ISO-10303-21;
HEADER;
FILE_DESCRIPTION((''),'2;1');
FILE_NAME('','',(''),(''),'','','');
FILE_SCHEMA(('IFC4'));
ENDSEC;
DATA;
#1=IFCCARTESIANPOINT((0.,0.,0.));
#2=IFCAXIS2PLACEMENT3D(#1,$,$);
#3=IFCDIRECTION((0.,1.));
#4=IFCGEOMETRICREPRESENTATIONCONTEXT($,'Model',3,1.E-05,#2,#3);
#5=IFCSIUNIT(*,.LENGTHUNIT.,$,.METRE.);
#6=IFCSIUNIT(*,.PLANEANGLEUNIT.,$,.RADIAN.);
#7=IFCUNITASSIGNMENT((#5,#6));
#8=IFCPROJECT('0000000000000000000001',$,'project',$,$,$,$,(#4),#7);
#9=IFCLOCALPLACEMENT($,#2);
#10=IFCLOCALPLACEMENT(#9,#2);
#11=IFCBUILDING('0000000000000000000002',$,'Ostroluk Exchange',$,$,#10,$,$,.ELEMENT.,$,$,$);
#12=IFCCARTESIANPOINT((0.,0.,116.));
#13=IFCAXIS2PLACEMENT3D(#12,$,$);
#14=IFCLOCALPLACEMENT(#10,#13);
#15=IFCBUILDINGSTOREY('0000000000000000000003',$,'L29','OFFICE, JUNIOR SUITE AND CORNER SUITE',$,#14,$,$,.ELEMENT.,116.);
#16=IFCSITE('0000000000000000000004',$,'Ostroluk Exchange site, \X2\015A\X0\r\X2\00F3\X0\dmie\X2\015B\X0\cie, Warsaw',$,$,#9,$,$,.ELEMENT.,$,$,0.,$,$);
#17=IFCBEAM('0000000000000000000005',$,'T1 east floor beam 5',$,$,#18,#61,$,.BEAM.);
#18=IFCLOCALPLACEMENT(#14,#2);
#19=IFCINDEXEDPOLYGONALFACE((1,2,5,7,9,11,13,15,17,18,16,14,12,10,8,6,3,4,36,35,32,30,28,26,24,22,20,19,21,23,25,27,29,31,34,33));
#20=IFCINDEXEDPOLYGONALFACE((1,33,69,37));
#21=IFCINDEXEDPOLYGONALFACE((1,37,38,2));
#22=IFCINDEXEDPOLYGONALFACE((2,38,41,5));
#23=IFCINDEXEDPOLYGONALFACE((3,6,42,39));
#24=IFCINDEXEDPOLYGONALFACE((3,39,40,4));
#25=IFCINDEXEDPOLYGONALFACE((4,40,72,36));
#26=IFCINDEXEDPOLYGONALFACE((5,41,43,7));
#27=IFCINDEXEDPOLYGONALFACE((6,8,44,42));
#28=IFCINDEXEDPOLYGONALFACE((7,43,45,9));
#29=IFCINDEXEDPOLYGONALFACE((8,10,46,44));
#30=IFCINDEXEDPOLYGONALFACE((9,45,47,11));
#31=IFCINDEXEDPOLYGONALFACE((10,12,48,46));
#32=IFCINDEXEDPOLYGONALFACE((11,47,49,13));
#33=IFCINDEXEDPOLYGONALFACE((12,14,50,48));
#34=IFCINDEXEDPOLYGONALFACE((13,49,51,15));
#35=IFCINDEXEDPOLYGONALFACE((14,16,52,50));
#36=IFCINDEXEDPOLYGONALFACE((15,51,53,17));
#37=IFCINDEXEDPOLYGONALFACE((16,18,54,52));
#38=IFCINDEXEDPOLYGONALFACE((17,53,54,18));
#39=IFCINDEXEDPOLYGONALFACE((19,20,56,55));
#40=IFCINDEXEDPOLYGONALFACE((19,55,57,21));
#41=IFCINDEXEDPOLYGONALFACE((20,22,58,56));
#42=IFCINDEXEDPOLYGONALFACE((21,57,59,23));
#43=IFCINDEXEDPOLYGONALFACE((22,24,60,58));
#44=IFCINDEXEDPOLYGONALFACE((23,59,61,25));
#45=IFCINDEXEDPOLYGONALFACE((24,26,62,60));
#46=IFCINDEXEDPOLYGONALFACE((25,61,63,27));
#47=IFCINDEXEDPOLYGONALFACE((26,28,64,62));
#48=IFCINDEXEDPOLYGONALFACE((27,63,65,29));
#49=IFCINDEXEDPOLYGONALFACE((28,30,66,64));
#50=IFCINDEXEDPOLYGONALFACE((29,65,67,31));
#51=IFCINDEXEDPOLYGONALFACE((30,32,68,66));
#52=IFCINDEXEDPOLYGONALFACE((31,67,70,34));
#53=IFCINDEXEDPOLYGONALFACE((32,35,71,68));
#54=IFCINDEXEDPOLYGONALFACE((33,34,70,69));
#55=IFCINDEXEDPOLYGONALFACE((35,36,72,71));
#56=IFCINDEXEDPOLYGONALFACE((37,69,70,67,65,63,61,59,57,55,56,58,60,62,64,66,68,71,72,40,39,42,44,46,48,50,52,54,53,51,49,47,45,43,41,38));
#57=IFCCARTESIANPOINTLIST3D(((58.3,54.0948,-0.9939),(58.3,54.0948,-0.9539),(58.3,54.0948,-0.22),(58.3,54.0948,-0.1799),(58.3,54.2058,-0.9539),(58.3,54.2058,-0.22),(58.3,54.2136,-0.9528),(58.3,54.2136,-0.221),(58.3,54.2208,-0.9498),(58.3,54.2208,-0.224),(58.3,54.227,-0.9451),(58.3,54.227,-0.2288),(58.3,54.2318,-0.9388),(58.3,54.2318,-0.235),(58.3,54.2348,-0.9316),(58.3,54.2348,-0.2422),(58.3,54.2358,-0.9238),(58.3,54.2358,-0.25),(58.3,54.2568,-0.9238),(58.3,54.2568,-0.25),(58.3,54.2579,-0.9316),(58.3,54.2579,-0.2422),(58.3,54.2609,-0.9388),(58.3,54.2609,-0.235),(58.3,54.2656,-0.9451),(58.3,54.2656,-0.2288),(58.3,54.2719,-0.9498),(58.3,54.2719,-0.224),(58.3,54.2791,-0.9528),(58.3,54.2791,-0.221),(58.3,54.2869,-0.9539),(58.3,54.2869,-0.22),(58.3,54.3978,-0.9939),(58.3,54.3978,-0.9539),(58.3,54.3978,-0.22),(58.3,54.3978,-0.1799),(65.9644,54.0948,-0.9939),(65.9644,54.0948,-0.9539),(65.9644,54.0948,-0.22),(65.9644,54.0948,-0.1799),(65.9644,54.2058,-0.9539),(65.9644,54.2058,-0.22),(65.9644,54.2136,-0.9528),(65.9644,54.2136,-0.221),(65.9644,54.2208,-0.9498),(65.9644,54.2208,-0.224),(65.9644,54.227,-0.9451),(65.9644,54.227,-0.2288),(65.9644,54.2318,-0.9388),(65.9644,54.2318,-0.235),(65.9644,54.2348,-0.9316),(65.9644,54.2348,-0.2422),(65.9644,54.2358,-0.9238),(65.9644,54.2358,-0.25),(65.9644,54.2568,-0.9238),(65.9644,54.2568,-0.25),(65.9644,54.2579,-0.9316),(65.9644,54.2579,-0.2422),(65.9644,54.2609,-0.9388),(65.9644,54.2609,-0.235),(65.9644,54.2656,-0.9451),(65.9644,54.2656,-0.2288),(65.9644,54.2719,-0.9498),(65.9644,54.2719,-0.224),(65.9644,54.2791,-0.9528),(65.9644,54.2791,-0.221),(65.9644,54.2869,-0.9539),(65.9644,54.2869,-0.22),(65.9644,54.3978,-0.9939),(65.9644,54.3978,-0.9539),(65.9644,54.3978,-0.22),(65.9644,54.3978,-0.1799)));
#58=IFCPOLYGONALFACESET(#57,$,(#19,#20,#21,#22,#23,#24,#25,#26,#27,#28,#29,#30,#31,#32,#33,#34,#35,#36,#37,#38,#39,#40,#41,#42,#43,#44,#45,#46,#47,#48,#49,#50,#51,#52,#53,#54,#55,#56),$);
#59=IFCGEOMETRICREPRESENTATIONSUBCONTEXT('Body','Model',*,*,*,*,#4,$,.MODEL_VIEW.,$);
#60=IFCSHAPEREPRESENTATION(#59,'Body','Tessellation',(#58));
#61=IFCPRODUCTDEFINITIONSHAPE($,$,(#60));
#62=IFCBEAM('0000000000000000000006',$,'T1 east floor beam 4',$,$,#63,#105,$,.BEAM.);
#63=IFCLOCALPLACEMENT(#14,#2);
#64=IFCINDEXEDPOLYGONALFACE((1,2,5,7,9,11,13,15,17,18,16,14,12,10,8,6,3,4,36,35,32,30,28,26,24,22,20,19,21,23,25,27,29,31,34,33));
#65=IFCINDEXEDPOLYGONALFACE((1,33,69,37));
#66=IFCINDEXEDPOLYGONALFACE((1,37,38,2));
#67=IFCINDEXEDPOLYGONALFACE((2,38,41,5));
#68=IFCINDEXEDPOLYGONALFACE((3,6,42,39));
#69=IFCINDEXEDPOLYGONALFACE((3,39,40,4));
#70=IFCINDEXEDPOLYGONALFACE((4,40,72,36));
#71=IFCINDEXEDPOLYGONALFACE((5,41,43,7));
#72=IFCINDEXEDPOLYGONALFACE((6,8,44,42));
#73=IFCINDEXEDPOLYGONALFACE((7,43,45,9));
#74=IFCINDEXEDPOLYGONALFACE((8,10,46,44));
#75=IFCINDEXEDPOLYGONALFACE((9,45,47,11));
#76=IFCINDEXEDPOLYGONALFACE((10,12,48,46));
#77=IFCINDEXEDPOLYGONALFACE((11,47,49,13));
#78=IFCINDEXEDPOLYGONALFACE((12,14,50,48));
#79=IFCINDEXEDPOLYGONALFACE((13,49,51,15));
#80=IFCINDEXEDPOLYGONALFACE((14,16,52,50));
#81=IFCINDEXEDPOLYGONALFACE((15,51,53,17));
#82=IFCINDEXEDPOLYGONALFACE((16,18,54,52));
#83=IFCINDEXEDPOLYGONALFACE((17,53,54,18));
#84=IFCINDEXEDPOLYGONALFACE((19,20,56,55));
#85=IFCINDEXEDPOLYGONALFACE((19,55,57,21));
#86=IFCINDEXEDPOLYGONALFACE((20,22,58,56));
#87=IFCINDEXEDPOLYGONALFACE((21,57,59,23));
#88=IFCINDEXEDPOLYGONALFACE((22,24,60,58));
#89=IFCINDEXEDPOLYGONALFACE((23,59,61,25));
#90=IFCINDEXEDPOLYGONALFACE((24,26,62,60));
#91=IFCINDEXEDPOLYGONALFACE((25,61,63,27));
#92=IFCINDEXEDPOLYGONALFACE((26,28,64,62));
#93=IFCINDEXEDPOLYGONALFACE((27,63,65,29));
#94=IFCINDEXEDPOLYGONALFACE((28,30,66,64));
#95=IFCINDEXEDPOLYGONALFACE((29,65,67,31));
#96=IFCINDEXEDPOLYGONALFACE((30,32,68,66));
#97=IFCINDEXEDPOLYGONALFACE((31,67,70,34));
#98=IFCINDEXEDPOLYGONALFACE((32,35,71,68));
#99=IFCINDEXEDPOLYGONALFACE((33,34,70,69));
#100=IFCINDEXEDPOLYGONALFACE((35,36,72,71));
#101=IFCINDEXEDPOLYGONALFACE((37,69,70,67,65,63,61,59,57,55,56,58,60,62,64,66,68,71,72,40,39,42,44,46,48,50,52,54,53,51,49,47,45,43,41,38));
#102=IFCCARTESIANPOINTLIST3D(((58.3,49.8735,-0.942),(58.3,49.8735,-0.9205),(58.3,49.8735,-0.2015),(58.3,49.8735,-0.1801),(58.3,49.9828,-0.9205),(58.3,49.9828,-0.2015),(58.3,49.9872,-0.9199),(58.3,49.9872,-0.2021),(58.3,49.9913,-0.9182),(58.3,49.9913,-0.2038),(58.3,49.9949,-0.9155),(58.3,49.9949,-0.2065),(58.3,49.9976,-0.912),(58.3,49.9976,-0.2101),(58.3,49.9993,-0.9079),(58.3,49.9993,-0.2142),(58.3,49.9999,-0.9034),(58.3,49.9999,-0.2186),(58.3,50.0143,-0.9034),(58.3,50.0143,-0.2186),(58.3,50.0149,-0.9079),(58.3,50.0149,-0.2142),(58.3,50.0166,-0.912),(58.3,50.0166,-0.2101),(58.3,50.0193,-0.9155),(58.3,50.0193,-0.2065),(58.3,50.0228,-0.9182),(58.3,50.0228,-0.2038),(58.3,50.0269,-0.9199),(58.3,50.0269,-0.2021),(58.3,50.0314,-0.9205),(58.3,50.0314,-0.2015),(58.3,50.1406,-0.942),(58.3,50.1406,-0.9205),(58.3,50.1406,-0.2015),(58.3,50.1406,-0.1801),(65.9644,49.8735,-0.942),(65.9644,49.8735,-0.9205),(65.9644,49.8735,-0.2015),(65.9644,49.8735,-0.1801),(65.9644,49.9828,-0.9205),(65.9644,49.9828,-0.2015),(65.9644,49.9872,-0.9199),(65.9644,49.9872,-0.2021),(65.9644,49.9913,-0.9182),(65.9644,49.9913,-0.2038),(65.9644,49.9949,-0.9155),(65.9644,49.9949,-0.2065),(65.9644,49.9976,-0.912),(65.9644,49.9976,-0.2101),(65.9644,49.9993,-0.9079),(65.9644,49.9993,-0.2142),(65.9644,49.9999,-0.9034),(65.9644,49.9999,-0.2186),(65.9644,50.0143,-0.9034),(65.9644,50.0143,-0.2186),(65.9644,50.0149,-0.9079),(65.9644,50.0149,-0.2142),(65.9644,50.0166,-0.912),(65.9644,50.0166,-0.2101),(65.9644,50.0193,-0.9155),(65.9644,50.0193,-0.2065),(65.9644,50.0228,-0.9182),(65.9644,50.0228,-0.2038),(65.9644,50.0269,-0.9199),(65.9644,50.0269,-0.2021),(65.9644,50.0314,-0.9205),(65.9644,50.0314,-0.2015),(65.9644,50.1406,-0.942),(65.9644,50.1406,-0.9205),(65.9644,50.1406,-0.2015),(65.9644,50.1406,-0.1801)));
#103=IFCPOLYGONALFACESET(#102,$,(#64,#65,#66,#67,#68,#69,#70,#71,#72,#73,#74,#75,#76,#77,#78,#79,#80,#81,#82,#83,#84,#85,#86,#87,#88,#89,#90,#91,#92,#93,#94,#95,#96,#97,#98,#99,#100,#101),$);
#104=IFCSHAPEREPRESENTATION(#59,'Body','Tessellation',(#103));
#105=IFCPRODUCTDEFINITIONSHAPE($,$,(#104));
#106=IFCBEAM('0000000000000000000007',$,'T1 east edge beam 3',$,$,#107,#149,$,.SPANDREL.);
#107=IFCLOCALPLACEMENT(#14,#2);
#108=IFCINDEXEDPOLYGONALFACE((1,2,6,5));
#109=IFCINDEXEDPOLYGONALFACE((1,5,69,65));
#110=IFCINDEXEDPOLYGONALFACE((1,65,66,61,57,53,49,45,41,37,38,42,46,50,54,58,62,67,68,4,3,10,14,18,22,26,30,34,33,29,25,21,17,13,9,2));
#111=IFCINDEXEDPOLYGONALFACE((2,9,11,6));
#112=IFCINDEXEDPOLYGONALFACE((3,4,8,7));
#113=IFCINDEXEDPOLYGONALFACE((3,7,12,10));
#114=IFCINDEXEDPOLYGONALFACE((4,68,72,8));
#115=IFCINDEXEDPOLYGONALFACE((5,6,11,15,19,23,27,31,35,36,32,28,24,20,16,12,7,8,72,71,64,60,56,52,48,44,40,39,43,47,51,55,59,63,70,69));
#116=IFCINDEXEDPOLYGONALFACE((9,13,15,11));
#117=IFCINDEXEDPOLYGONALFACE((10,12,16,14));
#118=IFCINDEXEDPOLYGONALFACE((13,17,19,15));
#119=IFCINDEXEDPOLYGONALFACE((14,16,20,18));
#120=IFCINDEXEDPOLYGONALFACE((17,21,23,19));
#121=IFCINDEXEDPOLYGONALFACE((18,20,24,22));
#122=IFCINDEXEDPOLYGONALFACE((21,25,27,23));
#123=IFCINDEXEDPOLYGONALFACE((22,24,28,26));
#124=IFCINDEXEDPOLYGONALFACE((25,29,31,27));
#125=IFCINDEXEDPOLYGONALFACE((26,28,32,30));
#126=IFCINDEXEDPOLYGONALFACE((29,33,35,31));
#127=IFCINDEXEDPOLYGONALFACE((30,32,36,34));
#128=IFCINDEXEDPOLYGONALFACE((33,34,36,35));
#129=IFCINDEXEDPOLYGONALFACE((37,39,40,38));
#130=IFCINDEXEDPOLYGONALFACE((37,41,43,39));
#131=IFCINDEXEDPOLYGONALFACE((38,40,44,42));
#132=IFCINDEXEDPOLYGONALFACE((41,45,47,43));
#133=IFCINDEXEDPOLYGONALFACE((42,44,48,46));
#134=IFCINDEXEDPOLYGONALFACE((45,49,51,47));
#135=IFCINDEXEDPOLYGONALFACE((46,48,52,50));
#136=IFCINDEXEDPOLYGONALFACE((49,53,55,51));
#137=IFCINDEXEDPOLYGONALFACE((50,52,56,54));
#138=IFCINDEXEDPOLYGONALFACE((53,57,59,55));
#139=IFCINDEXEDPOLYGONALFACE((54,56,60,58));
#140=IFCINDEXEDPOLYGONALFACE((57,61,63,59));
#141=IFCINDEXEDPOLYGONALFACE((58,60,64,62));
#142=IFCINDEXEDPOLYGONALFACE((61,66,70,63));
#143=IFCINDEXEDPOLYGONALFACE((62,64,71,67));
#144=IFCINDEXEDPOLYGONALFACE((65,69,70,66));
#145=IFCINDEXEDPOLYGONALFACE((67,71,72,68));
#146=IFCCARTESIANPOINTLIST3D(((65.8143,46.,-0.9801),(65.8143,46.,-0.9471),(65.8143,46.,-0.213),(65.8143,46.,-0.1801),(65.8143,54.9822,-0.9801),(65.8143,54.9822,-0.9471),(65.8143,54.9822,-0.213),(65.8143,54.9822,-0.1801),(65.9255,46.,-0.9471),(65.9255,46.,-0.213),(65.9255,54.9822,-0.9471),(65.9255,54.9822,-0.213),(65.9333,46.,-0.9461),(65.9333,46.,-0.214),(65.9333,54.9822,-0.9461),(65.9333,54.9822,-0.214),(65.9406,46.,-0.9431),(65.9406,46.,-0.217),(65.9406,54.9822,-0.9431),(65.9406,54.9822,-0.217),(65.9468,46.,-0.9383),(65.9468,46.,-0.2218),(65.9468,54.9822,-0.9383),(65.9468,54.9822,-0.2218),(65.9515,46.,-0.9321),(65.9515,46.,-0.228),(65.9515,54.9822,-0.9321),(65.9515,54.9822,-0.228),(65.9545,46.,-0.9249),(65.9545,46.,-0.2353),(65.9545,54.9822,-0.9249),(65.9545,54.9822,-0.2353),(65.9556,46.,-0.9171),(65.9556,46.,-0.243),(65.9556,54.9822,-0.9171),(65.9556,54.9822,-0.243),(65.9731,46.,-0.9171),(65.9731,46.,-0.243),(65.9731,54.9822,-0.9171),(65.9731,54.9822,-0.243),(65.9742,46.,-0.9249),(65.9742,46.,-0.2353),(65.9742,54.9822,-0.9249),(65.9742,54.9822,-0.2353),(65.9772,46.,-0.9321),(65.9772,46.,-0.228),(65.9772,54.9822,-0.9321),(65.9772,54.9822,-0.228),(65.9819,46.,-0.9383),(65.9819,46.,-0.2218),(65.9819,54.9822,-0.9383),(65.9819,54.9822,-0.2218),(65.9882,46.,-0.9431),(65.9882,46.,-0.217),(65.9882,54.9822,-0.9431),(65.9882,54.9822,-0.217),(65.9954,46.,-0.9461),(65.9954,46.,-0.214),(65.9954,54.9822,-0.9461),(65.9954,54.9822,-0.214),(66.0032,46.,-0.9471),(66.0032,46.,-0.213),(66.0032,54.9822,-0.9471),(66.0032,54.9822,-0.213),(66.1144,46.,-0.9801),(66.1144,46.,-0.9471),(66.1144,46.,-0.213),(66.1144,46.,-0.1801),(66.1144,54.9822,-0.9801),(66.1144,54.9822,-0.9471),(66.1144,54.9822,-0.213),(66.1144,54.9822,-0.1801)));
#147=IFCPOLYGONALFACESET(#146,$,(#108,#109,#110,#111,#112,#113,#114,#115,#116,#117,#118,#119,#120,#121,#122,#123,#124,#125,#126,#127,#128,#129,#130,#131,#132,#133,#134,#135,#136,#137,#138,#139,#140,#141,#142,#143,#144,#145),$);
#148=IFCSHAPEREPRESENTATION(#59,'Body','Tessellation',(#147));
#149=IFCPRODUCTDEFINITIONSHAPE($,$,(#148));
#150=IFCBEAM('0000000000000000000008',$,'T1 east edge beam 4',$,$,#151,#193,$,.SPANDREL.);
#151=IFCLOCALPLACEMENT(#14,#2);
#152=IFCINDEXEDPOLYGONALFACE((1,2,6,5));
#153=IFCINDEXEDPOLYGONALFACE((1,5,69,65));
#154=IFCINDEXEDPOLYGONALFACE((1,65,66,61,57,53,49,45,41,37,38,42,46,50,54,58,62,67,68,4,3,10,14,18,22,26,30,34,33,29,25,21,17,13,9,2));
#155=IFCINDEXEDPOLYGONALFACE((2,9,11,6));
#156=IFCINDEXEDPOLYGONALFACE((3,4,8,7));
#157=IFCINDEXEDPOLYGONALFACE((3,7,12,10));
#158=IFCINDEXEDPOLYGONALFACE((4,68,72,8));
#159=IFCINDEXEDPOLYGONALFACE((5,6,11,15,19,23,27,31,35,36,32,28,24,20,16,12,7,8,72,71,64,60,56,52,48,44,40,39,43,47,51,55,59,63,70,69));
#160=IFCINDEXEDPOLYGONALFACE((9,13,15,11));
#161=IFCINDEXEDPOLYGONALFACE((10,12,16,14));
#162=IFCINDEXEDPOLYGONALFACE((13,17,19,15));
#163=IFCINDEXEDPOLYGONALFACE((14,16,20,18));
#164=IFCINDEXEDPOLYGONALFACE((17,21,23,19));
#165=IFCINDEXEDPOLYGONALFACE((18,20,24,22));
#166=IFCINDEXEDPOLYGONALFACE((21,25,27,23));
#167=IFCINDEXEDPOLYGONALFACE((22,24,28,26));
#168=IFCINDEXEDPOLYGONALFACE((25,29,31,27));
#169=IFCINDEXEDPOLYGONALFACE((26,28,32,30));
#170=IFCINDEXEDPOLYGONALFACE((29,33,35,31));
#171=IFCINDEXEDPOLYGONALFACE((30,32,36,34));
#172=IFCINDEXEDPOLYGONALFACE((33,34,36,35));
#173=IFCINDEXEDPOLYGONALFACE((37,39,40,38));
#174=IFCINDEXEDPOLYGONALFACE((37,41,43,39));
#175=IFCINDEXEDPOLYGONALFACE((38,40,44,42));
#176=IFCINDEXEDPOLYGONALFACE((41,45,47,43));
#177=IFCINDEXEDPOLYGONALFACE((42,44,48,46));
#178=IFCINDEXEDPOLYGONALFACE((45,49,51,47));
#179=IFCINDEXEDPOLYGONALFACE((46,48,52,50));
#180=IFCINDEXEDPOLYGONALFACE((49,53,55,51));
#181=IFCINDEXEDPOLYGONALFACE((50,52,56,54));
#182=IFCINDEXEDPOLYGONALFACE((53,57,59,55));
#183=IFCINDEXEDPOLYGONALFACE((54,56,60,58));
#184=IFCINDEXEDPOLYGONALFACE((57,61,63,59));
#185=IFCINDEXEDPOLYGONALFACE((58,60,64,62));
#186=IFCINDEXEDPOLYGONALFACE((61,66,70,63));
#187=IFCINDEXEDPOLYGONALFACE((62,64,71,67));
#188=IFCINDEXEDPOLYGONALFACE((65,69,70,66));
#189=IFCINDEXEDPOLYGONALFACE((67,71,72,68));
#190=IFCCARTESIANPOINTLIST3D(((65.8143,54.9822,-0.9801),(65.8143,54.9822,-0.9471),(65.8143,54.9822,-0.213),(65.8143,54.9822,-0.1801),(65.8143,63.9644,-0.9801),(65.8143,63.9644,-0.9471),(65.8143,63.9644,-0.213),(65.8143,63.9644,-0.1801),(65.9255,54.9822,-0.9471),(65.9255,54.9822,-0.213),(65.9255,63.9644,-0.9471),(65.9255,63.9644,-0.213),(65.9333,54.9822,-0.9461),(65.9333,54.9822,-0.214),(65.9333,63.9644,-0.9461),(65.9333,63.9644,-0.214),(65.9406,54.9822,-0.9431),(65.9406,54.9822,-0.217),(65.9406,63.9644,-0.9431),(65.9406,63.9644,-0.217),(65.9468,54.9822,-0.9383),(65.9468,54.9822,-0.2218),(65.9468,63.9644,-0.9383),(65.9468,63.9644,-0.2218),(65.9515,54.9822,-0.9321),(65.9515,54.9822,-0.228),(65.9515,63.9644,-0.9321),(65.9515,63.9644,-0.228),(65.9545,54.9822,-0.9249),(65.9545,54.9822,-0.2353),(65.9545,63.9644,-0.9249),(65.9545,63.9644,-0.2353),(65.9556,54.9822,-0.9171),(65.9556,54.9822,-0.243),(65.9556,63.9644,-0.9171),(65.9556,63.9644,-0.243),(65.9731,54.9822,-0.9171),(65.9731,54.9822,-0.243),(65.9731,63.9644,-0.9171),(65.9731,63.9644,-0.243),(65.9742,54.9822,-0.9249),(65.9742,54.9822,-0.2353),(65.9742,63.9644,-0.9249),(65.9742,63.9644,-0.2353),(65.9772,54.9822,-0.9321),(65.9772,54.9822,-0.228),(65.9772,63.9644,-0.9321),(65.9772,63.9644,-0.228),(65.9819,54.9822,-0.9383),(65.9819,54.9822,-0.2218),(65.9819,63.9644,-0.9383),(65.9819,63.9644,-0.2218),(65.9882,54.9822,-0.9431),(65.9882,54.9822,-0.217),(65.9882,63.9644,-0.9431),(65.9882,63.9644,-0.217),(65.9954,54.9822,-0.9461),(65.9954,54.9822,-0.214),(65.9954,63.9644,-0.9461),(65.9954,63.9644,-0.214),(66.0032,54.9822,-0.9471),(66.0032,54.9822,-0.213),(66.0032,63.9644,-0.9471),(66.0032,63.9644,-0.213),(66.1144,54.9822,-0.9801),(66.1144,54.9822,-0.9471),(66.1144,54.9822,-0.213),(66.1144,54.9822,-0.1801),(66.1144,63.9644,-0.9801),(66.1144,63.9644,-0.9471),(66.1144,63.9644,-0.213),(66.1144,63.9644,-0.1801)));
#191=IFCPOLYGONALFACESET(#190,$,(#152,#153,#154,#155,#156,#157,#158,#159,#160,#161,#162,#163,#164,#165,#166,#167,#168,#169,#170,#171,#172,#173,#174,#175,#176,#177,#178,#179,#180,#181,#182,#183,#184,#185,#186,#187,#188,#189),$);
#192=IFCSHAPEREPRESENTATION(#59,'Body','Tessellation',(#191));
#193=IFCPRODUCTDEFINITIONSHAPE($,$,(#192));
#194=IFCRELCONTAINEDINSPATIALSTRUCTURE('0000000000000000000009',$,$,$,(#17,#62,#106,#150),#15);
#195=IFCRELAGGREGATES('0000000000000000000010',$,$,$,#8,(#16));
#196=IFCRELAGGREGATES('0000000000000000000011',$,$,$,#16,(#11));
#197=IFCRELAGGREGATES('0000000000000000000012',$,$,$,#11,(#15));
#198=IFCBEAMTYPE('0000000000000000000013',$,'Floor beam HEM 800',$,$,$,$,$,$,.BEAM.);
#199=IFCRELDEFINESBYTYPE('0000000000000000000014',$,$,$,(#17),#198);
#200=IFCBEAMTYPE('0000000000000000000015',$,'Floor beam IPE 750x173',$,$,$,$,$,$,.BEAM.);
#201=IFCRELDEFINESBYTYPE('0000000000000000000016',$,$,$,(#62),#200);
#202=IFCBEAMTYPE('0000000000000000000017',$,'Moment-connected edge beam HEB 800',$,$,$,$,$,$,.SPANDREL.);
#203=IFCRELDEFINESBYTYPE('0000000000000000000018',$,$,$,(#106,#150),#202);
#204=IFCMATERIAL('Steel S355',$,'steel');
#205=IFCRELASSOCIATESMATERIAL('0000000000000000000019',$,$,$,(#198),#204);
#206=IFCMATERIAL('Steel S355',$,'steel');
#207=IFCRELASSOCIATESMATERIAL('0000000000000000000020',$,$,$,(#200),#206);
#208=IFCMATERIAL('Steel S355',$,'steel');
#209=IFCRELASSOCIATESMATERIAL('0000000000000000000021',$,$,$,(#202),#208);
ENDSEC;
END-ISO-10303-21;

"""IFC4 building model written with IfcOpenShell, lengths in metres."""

from ifc_helpers import new_model, si_unit, direction, frame, origin, origin_2d, place, context, subcontext, project, spatial, i_section, extrude, material, material_profile, profile_set, type_object, element, save


model = new_model("IFC4")

# Units and contexts
model_context = context("Model", 3, precision=1e-05, world=origin(), true_north=direction((0.0, 1.0)))
body_context = subcontext(model_context, "Body", "Model", "MODEL_VIEW")
ifc_project = project(units=[si_unit("LENGTHUNIT", "METRE"), si_unit("PLANEANGLEUNIT", "RADIAN")], contexts=[model_context])

# Site, building, storey
site_placement = place(None, origin())
site = spatial("IfcSite", under=ifc_project, at=site_placement, Name="Ostroluk Exchange site, Śródmieście, Warsaw", CompositionType="ELEMENT", RefElevation=0.0)
building_placement = place(site_placement, origin())
building = spatial("IfcBuilding", under=site, at=building_placement, Name="Ostroluk Exchange", CompositionType="ELEMENT")
storey_placement = place(building_placement, frame((0.0, 0.0, 116.0)))
storey = spatial("IfcBuildingStorey", under=building, at=storey_placement, Name="L29", Description="OFFICE, JUNIOR SUITE AND CORNER SUITE", CompositionType="ELEMENT", Elevation=116.0)

# Beams
ifc_material_1 = material(Name="Steel S355", Category="steel")
ifc_material_profile_1 = material_profile(ifc_material_1, i_section(OverallWidth=0.303, OverallDepth=0.814, WebThickness=0.021, FlangeThickness=0.04, FilletRadius=0.03, at=origin_2d()), Name="HEM 800")
ifc_profile_set_1 = profile_set([ifc_material_profile_1], Name="Steel S355")
beam_type_1 = type_object("IfcBeamType", Name="Floor beam HEM 800", PredefinedType="BEAM", material=ifc_profile_set_1)
beam_1_placement = place(storey_placement, frame((58.3, 54.2463, -0.5869), z_axis=(1.0, 0.0, 0.0), x_axis=(0.0, 1.0, 0.0)))
element("IfcBeam", 1, at=beam_1_placement, inside=storey, type_object=beam_type_1, Name="T1 east floor beam 5", PredefinedType="BEAM", context=body_context, shape_type="SweptSolid", body=[
    extrude(i_section(OverallWidth=0.303, OverallDepth=0.814, WebThickness=0.021, FlangeThickness=0.04, FilletRadius=0.03, at=origin_2d()), origin(), (0.0, 0.0, 1.0), 7.6643),
])
ifc_material_2 = material(Name="Steel S355", Category="steel")
ifc_material_profile_2 = material_profile(ifc_material_2, i_section(OverallWidth=0.2671, OverallDepth=0.762, WebThickness=0.0144, FlangeThickness=0.0215, FilletRadius=0.0171, at=origin_2d()), Name="IPE 750x173")
ifc_profile_set_2 = profile_set([ifc_material_profile_2], Name="Steel S355")
beam_type_2 = type_object("IfcBeamType", Name="Floor beam IPE 750x173", PredefinedType="BEAM", material=ifc_profile_set_2)
beam_2_placement = place(storey_placement, frame((58.3, 50.0071, -0.561), z_axis=(1.0, 0.0, 0.0), x_axis=(0.0, 1.0, 0.0)))
element("IfcBeam", 2, at=beam_2_placement, inside=storey, type_object=beam_type_2, Name="T1 east floor beam 4", PredefinedType="BEAM", context=body_context, shape_type="SweptSolid", body=[
    extrude(i_section(OverallWidth=0.2671, OverallDepth=0.762, WebThickness=0.0144, FlangeThickness=0.0215, FilletRadius=0.0171, at=origin_2d()), origin(), (0.0, 0.0, 1.0), 7.6643),
])
ifc_material_3 = material(Name="Steel S355", Category="steel")
ifc_material_profile_3 = material_profile(ifc_material_3, i_section(OverallWidth=0.3, OverallDepth=0.8, WebThickness=0.0176, FlangeThickness=0.033, FilletRadius=0.03, at=origin_2d()), Name="HEB 800")
ifc_profile_set_3 = profile_set([ifc_material_profile_3], Name="Steel S355")
beam_type_3 = type_object("IfcBeamType", Name="Moment-connected edge beam HEB 800", PredefinedType="SPANDREL", material=ifc_profile_set_3)
for number, where, z_axis, x_axis, name in (
    (3, (65.9644, 46.0, -0.5801), (0.0, 1.0, 0.0), (-1.0, 0.0, 0.0), "T1 east edge beam 3"),
    (4, (65.9644, 54.9822, -0.5801), (0.0, 1.0, 0.0), (-1.0, 0.0, 0.0), "T1 east edge beam 4"),
):
    element("IfcBeam", number, at=place(storey_placement, frame(where, z_axis=z_axis, x_axis=x_axis)), inside=storey, type_object=beam_type_3, Name=name, PredefinedType="SPANDREL", context=body_context, shape_type="SweptSolid", body=[
        extrude(i_section(OverallWidth=0.3, OverallDepth=0.8, WebThickness=0.0176, FlangeThickness=0.033, FilletRadius=0.03, at=origin_2d()), origin(), (0.0, 0.0, 1.0), 8.9822),
    ])

save(model, "model.ifc")
